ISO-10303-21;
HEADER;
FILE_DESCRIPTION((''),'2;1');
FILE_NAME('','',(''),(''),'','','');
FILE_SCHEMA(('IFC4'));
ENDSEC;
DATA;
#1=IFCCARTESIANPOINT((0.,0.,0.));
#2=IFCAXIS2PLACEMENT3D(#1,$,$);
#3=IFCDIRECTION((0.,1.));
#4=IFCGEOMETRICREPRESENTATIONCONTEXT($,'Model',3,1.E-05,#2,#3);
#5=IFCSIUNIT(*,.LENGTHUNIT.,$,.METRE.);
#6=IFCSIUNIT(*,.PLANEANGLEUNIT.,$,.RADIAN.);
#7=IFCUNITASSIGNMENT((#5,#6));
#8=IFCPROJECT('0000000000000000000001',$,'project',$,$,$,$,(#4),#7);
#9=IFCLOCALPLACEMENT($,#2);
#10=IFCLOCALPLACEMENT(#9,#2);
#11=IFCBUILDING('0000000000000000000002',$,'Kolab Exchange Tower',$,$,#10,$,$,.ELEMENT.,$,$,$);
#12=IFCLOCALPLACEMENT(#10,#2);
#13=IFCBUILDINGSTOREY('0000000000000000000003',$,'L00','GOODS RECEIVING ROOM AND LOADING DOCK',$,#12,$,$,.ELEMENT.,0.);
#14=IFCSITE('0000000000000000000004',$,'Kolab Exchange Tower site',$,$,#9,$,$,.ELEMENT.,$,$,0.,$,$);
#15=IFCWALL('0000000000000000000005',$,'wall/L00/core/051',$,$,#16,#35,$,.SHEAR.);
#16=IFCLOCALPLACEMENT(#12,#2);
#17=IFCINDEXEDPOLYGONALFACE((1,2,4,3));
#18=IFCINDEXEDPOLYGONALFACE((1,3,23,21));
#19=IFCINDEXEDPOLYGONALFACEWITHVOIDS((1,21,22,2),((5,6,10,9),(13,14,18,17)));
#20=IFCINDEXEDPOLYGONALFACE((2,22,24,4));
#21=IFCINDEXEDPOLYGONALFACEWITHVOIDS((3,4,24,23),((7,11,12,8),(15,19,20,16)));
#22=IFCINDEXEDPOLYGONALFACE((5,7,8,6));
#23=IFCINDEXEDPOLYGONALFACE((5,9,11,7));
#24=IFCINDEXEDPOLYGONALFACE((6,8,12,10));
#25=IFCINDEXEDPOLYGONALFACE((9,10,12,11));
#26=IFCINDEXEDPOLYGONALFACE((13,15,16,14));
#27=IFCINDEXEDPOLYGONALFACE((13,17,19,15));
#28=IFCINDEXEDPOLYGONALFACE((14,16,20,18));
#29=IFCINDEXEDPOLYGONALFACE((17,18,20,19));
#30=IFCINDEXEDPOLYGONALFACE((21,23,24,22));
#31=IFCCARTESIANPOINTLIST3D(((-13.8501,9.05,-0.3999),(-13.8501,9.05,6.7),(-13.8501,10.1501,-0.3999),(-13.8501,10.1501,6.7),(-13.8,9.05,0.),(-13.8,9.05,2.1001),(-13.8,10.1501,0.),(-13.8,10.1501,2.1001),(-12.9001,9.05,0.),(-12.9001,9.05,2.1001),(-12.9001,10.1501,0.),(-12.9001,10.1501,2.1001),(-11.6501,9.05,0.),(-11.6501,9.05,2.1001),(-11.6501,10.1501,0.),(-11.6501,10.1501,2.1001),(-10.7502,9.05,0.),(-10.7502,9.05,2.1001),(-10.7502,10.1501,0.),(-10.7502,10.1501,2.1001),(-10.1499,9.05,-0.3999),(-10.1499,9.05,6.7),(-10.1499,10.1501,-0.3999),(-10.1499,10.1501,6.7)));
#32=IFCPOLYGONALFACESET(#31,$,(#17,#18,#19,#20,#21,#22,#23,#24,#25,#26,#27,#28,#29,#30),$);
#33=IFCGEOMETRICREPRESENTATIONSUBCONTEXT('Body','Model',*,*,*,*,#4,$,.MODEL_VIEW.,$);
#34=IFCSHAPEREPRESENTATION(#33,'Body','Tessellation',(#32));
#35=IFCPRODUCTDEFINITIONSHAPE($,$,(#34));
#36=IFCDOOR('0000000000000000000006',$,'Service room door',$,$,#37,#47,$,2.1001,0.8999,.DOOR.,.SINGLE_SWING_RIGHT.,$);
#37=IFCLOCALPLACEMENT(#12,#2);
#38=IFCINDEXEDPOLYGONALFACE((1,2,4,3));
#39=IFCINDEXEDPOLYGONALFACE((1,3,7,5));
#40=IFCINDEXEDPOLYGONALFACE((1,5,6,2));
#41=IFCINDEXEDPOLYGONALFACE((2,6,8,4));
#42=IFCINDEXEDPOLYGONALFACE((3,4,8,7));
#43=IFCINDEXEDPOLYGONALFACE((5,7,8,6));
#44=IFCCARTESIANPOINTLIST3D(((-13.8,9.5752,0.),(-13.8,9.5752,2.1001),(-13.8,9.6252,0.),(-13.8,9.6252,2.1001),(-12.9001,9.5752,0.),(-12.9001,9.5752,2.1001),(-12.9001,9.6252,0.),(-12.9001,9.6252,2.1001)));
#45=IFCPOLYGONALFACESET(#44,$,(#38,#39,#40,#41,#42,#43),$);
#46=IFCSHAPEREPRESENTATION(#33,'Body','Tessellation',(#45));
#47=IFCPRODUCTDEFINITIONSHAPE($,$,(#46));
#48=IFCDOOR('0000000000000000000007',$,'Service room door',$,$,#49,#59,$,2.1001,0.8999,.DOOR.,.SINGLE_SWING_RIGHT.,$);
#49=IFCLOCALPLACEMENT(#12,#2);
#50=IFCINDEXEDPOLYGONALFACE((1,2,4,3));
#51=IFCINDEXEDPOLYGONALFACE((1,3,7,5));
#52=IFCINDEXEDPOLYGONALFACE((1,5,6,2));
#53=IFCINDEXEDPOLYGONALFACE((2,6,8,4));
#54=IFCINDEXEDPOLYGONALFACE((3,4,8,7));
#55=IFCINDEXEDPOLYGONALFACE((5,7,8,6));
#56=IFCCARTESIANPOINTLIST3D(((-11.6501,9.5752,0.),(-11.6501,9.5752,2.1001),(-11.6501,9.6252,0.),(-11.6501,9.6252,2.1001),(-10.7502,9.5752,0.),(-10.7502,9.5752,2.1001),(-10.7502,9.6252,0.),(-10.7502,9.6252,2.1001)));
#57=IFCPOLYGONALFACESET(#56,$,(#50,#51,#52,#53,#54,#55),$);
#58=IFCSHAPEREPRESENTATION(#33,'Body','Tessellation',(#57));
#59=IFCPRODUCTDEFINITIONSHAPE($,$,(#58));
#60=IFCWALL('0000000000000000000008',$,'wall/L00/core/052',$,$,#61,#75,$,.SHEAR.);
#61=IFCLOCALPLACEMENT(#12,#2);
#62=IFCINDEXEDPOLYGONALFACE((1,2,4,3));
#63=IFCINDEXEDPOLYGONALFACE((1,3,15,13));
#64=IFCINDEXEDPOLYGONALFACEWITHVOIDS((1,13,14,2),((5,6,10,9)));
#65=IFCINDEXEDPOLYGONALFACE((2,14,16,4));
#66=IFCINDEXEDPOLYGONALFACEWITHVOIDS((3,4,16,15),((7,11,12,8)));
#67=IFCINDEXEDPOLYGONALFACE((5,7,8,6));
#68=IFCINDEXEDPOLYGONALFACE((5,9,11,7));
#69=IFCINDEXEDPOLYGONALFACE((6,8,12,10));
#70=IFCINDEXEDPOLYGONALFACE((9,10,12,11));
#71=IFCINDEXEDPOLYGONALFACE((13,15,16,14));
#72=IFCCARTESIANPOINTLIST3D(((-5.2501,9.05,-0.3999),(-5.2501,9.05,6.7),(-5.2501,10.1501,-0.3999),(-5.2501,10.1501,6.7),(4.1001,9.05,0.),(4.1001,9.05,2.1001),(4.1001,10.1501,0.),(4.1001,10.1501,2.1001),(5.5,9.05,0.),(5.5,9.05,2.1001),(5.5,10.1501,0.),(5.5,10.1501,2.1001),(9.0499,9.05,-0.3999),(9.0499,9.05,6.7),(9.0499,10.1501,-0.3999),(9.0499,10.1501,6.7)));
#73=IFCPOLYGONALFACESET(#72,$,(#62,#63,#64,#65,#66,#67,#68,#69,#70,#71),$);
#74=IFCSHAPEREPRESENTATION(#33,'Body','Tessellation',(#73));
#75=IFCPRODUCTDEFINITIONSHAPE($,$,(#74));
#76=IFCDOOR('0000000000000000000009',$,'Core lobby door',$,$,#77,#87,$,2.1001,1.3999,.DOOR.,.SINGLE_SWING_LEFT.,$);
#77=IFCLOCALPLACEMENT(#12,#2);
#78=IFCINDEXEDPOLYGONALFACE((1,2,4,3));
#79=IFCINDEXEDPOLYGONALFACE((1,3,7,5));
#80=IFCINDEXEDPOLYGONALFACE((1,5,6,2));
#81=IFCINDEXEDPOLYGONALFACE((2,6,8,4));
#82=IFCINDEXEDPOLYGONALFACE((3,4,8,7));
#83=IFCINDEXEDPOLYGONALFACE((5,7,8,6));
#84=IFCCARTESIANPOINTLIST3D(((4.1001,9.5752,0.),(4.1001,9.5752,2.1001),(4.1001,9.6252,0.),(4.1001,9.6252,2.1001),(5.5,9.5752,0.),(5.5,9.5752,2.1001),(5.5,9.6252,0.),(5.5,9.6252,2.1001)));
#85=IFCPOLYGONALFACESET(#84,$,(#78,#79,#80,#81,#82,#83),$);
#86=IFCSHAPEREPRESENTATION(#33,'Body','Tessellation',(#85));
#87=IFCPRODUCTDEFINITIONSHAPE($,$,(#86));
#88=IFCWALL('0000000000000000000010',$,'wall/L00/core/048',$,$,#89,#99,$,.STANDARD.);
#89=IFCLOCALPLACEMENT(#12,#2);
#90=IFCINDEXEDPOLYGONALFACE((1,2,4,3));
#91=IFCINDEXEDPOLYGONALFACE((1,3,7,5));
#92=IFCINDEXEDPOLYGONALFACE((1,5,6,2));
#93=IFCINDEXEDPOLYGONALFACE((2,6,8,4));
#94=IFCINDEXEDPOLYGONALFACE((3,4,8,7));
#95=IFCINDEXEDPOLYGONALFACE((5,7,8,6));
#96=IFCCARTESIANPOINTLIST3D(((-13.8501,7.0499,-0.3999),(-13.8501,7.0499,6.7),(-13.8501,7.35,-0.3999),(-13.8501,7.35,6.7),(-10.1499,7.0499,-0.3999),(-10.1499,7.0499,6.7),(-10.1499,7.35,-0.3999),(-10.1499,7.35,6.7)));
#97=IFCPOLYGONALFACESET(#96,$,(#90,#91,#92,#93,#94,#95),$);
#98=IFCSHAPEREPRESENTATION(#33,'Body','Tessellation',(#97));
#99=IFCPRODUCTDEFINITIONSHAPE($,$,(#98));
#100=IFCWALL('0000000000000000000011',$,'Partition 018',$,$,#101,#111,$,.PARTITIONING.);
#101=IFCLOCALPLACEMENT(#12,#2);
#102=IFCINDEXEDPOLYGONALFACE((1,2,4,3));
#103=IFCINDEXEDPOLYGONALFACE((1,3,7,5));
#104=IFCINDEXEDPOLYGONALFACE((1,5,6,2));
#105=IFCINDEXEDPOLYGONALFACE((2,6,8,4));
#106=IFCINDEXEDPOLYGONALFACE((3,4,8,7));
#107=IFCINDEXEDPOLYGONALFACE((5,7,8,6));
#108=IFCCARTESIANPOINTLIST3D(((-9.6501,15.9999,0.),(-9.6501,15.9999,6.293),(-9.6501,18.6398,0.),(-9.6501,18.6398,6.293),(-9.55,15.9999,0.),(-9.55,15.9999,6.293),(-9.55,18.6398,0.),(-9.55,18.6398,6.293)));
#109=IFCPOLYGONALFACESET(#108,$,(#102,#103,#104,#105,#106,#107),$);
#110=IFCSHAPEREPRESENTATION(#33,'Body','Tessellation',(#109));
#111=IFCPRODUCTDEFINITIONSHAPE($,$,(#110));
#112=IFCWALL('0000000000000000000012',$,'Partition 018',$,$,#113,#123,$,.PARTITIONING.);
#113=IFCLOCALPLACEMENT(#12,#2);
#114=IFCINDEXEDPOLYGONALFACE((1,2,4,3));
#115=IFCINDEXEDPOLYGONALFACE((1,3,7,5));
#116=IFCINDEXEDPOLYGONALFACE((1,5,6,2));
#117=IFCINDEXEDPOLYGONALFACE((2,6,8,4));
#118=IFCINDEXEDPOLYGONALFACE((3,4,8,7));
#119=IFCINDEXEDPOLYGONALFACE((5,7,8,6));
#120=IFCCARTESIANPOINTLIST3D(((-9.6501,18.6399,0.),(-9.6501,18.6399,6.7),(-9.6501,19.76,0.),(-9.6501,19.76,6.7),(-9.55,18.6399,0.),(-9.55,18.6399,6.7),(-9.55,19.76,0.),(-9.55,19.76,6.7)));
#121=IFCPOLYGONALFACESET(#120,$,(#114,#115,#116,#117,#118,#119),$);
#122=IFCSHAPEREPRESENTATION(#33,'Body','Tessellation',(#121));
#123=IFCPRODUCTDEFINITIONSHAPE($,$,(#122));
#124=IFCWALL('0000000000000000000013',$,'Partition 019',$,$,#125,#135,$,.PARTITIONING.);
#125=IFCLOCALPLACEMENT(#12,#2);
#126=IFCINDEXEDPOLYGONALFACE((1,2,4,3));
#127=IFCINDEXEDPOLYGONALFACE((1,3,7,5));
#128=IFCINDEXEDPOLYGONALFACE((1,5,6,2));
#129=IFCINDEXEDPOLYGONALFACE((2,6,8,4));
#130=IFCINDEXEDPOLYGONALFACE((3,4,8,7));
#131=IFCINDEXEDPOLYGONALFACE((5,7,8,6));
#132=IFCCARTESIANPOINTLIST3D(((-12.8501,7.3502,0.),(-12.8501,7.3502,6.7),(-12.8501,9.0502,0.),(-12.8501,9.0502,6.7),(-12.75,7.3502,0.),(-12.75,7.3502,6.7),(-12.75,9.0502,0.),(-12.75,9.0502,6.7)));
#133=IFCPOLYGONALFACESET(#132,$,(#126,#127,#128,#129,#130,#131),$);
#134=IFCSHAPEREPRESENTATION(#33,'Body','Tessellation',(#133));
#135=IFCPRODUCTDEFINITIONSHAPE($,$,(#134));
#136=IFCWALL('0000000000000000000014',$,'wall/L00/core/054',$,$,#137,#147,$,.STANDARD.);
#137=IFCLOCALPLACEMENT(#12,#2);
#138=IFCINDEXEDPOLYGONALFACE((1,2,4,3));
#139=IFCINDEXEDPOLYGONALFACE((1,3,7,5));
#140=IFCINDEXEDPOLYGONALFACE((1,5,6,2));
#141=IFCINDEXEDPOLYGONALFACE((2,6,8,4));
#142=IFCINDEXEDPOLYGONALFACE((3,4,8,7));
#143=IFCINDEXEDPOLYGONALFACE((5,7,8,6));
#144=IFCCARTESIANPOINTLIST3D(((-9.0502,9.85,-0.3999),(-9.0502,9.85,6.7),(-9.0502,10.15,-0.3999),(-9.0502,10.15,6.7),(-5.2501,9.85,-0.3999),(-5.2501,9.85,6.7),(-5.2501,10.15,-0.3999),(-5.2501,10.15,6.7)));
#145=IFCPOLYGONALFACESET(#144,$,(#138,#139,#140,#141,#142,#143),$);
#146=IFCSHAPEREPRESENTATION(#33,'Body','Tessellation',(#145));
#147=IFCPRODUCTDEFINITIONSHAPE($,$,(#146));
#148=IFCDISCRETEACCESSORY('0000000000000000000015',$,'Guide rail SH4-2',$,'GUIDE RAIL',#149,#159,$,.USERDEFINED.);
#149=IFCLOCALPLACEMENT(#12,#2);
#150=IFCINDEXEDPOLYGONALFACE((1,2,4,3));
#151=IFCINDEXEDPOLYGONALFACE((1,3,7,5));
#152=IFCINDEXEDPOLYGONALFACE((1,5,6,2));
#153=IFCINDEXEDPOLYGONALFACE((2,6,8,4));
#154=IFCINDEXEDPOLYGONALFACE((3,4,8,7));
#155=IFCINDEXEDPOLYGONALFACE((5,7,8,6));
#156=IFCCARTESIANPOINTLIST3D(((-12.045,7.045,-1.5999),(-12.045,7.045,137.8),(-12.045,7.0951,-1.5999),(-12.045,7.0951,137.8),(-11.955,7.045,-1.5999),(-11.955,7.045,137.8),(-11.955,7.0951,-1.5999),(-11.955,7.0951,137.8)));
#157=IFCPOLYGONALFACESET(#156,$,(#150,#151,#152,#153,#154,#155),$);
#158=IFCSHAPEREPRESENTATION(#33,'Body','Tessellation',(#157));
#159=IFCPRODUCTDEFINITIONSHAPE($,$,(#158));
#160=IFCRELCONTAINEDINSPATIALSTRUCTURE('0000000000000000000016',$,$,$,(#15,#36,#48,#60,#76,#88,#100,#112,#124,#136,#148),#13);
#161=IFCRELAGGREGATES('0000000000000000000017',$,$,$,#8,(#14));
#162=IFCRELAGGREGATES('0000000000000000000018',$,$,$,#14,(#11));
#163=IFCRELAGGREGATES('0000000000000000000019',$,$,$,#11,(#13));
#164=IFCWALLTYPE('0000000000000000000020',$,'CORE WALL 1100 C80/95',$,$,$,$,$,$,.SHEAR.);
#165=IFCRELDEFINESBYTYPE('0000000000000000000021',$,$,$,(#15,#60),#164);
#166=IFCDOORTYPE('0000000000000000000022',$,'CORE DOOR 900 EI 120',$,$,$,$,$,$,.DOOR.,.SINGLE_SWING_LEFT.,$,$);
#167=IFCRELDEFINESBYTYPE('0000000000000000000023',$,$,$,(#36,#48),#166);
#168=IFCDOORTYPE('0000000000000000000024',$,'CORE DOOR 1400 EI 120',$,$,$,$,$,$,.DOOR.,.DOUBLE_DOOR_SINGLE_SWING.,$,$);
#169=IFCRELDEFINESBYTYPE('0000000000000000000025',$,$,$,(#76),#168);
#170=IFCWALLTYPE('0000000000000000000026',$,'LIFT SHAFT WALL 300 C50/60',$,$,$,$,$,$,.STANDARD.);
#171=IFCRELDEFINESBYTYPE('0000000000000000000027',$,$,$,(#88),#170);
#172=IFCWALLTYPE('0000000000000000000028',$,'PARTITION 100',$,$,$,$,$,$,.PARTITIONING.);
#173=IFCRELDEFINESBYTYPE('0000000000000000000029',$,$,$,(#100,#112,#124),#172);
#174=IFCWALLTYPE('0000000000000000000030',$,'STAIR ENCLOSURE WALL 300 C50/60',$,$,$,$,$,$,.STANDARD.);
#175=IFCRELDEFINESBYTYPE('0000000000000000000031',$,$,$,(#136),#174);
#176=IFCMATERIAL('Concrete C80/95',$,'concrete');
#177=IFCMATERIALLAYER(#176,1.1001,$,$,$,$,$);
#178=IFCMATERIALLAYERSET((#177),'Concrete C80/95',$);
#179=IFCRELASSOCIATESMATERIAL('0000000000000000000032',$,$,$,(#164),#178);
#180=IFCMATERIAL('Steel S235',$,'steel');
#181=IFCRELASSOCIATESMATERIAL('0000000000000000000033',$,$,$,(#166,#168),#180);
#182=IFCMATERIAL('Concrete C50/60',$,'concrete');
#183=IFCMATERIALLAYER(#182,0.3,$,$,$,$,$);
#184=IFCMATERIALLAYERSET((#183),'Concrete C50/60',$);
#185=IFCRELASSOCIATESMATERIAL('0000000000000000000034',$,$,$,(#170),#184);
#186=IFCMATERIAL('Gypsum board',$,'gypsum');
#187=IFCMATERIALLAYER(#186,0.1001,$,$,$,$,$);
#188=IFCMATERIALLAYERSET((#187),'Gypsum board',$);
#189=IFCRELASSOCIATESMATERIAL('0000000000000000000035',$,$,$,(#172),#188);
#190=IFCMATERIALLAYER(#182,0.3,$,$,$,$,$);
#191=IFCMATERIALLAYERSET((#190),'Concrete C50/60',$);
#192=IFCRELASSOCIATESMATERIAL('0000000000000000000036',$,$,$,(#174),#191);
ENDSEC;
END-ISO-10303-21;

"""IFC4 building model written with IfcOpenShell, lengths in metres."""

from ifc_helpers import new_model, si_unit, direction, frame, frame_2d, origin, origin_2d, place, context, subcontext, project, spatial, rectangle, extrude, material, layer, layer_set, type_object, element, fill, save


model = new_model("IFC4")

# Units and contexts
model_context = context("Model", 3, precision=1e-05, world=origin(), true_north=direction((0.0, 1.0)))
body_context = subcontext(model_context, "Body", "Model", "MODEL_VIEW")
ifc_project = project(units=[si_unit("LENGTHUNIT", "METRE"), si_unit("PLANEANGLEUNIT", "RADIAN")], contexts=[model_context])

# Site, building, storey
site_placement = place(None, origin())
site = spatial("IfcSite", under=ifc_project, at=site_placement, Name="Kolab Exchange Tower site", CompositionType="ELEMENT", RefElevation=0.0)
building_placement = place(site_placement, origin())
building = spatial("IfcBuilding", under=site, at=building_placement, Name="Kolab Exchange Tower", CompositionType="ELEMENT")
storey_placement = place(building_placement, origin())
storey = spatial("IfcBuildingStorey", under=building, at=storey_placement, Name="L00", Description="GOODS RECEIVING ROOM AND LOADING DOCK", CompositionType="ELEMENT", Elevation=0.0)

# Shared definitions
ifc_material_1 = material(Name="Concrete C80/95", Category="concrete")

# Wall, openings, doors
ifc_layer_1 = layer(ifc_material_1, 1.1001)
ifc_layer_set_1 = layer_set([ifc_layer_1], Name="Concrete C80/95")
wall_type_1 = type_object("IfcWallType", Name="CORE WALL 1100 C80/95", PredefinedType="SHEAR", material=ifc_layer_set_1)
wall_1_placement = place(storey_placement, frame((-13.8501, 9.6001, -0.3999), z_axis=(0.0, 0.0, 1.0), x_axis=(1.0, 0.0, 0.0)))
wall_1 = element("IfcWall", 1, at=wall_1_placement, inside=storey, type_object=wall_type_1, Name="wall/L00/core/051", PredefinedType="SHEAR", context=body_context, shape_type="SweptSolid", body=[
    extrude(rectangle(XDim=3.7002, YDim=1.1001, at=frame_2d((1.8501, 0.0))), origin(), (0.0, 0.0, 1.0), 7.0999),
])
opening_1_placement = place(wall_1_placement, frame((0.05, 0.0, 0.3999)))
opening_1 = element("IfcOpeningElement", 2, at=opening_1_placement, cuts=wall_1, PredefinedType="OPENING", context=body_context, shape_type="SweptSolid", body=[
    extrude(rectangle(XDim=0.8999, YDim=2.1001, at=frame_2d((0.45, 1.05))), frame((0.0, 0.5601, 0.0), z_axis=(0.0, -1.0, 0.0), x_axis=(1.0, 0.0, 0.0)), (0.0, 0.0, 1.0), 1.1201),
])
opening_2_placement = place(wall_1_placement, frame((2.2, 0.0, 0.3999)))
opening_2 = element("IfcOpeningElement", 3, at=opening_2_placement, cuts=wall_1, PredefinedType="OPENING", context=body_context, shape_type="SweptSolid", body=[
    extrude(rectangle(XDim=0.8999, YDim=2.1001, at=frame_2d((0.45, 1.05))), frame((0.0, 0.5601, 0.0), z_axis=(0.0, -1.0, 0.0), x_axis=(1.0, 0.0, 0.0)), (0.0, 0.0, 1.0), 1.1201),
])
ifc_material_2 = material(Name="Steel S235", Category="steel")
door_type_1 = type_object("IfcDoorType", Name="CORE DOOR 900 EI 120", OperationType="SINGLE_SWING_LEFT", PredefinedType="DOOR", material=ifc_material_2)
door_1_placement = place(opening_1_placement, frame((0.8999, 0.0, 0.0), z_axis=(0.0, 0.0, 1.0), x_axis=(-1.0, 0.0, 0.0)))
door_1 = element("IfcDoor", 4, at=door_1_placement, inside=storey, type_object=door_type_1, Name="Service room door", OperationType="SINGLE_SWING_RIGHT", OverallHeight=2.1001, OverallWidth=0.8999, PredefinedType="DOOR", context=body_context, shape_type="SweptSolid", body=[
    extrude(rectangle(XDim=0.8999, YDim=2.1001, at=frame_2d((0.45, 1.05))), frame((0.0, 0.0249, 0.0), z_axis=(0.0, -1.0, 0.0), x_axis=(1.0, 0.0, 0.0)), (0.0, 0.0, 1.0), 0.05),
])
fill(opening_1, door_1)
door_2_placement = place(opening_2_placement, frame((0.8999, 0.0, 0.0), z_axis=(0.0, 0.0, 1.0), x_axis=(-1.0, 0.0, 0.0)))
door_2 = element("IfcDoor", 5, at=door_2_placement, inside=storey, type_object=door_type_1, Name="Service room door", OperationType="SINGLE_SWING_RIGHT", OverallHeight=2.1001, OverallWidth=0.8999, PredefinedType="DOOR", context=body_context, shape_type="SweptSolid", body=[
    extrude(rectangle(XDim=0.8999, YDim=2.1001, at=frame_2d((0.45, 1.05))), frame((0.0, 0.0249, 0.0), z_axis=(0.0, -1.0, 0.0), x_axis=(1.0, 0.0, 0.0)), (0.0, 0.0, 1.0), 0.05),
])
fill(opening_2, door_2)

# Wall, opening, door
wall_2_placement = place(storey_placement, frame((-5.25, 9.6001, -0.3999), z_axis=(0.0, 0.0, 1.0), x_axis=(1.0, 0.0, 0.0)))
wall_2 = element("IfcWall", 6, at=wall_2_placement, inside=storey, type_object=wall_type_1, Name="wall/L00/core/052", PredefinedType="SHEAR", context=body_context, shape_type="SweptSolid", body=[
    extrude(rectangle(XDim=14.3, YDim=1.1001, at=frame_2d((7.1499, 0.0))), origin(), (0.0, 0.0, 1.0), 7.0999),
])
opening_3_placement = place(wall_2_placement, frame((9.3501, 0.0, 0.3999)))
opening_3 = element("IfcOpeningElement", 7, at=opening_3_placement, cuts=wall_2, PredefinedType="OPENING", context=body_context, shape_type="SweptSolid", body=[
    extrude(rectangle(XDim=1.3999, YDim=2.1001, at=frame_2d((0.7, 1.05))), frame((0.0, 0.5601, 0.0), z_axis=(0.0, -1.0, 0.0), x_axis=(1.0, 0.0, 0.0)), (0.0, 0.0, 1.0), 1.1201),
])
door_type_2 = type_object("IfcDoorType", Name="CORE DOOR 1400 EI 120", OperationType="DOUBLE_DOOR_SINGLE_SWING", PredefinedType="DOOR", material=ifc_material_2)
door_3_placement = place(opening_3_placement, frame((1.3999, 0.0, 0.0), z_axis=(0.0, 0.0, 1.0), x_axis=(-1.0, 0.0, 0.0)))
door_3 = element("IfcDoor", 8, at=door_3_placement, inside=storey, type_object=door_type_2, Name="Core lobby door", OperationType="SINGLE_SWING_LEFT", OverallHeight=2.1001, OverallWidth=1.3999, PredefinedType="DOOR", context=body_context, shape_type="SweptSolid", body=[
    extrude(rectangle(XDim=1.3999, YDim=2.1001, at=frame_2d((0.7, 1.05))), frame((0.0, 0.0249, 0.0), z_axis=(0.0, -1.0, 0.0), x_axis=(1.0, 0.0, 0.0)), (0.0, 0.0, 1.0), 0.05),
])
fill(opening_3, door_3)

# Walls
ifc_material_3 = material(Name="Concrete C50/60", Category="concrete")
ifc_layer_2 = layer(ifc_material_3, 0.3)
ifc_layer_set_2 = layer_set([ifc_layer_2], Name="Concrete C50/60")
wall_type_2 = type_object("IfcWallType", Name="LIFT SHAFT WALL 300 C50/60", PredefinedType="STANDARD", material=ifc_layer_set_2)
wall_3_placement = place(storey_placement, frame((-13.8501, 7.2, -0.3999), z_axis=(0.0, 0.0, 1.0), x_axis=(1.0, 0.0, 0.0)))
element("IfcWall", 9, at=wall_3_placement, inside=storey, type_object=wall_type_2, Name="wall/L00/core/048", PredefinedType="STANDARD", context=body_context, shape_type="SweptSolid", body=[
    extrude(rectangle(XDim=3.7002, YDim=0.3, at=frame_2d((1.8501, 0.0))), origin(), (0.0, 0.0, 1.0), 7.0999),
])
ifc_material_4 = material(Name="Gypsum board", Category="gypsum")
ifc_layer_3 = layer(ifc_material_4, 0.1001)
ifc_layer_set_3 = layer_set([ifc_layer_3], Name="Gypsum board")
wall_type_3 = type_object("IfcWallType", Name="PARTITION 100", PredefinedType="PARTITIONING", material=ifc_layer_set_3)
wall_4_placement = place(storey_placement, frame((-9.6001, 16.0, 0.0), z_axis=(0.0, 0.0, 1.0), x_axis=(0.0, 1.0, 0.0)))
element("IfcWall", 10, at=wall_4_placement, inside=storey, type_object=wall_type_3, Name="Partition 018", PredefinedType="PARTITIONING", context=body_context, shape_type="SweptSolid", body=[
    extrude(rectangle(XDim=2.6399, YDim=0.1001, at=frame_2d((1.3198, 0.0))), origin(), (0.0, 0.0, 1.0), 6.293),
])
wall_5_placement = place(storey_placement, frame((-9.6001, 18.6399, 0.0), z_axis=(0.0, 0.0, 1.0), x_axis=(0.0, 1.0, 0.0)))
element("IfcWall", 11, at=wall_5_placement, inside=storey, type_object=wall_type_3, Name="Partition 018", PredefinedType="PARTITIONING", context=body_context, shape_type="SweptSolid", body=[
    extrude(rectangle(XDim=1.1201, YDim=0.1001, at=frame_2d((0.5601, 0.0))), origin(), (0.0, 0.0, 1.0), 6.7),
])
wall_6_placement = place(storey_placement, frame((-12.8, 7.3501, 0.0), z_axis=(0.0, 0.0, 1.0), x_axis=(0.0, 1.0, 0.0)))
element("IfcWall", 12, at=wall_6_placement, inside=storey, type_object=wall_type_3, Name="Partition 019", PredefinedType="PARTITIONING", context=body_context, shape_type="SweptSolid", body=[
    extrude(rectangle(XDim=1.7, YDim=0.1001, at=frame_2d((0.8501, 0.0))), origin(), (0.0, 0.0, 1.0), 6.7),
])
ifc_layer_4 = layer(ifc_material_3, 0.3)
ifc_layer_set_4 = layer_set([ifc_layer_4], Name="Concrete C50/60")
wall_type_4 = type_object("IfcWallType", Name="STAIR ENCLOSURE WALL 300 C50/60", PredefinedType="STANDARD", material=ifc_layer_set_4)
wall_7_placement = place(storey_placement, frame((-9.05, 10.0, -0.3999), z_axis=(0.0, 0.0, 1.0), x_axis=(1.0, 0.0, 0.0)))
element("IfcWall", 13, at=wall_7_placement, inside=storey, type_object=wall_type_4, Name="wall/L00/core/054", PredefinedType="STANDARD", context=body_context, shape_type="SweptSolid", body=[
    extrude(rectangle(XDim=3.8, YDim=0.3, at=frame_2d((1.8999, 0.0))), origin(), (0.0, 0.0, 1.0), 7.0999),
])

# Discrete accessory
discrete_accessory_placement = place(storey_placement, frame((-12.0, 7.0701, -1.5999), z_axis=(0.0, 0.0, 1.0), x_axis=(1.0, 0.0, 0.0)))
element("IfcDiscreteAccessory", 14, at=discrete_accessory_placement, inside=storey, Name="Guide rail SH4-2", ObjectType="GUIDE RAIL", PredefinedType="USERDEFINED", context=body_context, shape_type="SweptSolid", body=[
    extrude(rectangle(XDim=0.0901, YDim=0.05, at=origin_2d()), origin(), (0.0, 0.0, 1.0), 139.3999),
])

save(model, "model.ifc")
